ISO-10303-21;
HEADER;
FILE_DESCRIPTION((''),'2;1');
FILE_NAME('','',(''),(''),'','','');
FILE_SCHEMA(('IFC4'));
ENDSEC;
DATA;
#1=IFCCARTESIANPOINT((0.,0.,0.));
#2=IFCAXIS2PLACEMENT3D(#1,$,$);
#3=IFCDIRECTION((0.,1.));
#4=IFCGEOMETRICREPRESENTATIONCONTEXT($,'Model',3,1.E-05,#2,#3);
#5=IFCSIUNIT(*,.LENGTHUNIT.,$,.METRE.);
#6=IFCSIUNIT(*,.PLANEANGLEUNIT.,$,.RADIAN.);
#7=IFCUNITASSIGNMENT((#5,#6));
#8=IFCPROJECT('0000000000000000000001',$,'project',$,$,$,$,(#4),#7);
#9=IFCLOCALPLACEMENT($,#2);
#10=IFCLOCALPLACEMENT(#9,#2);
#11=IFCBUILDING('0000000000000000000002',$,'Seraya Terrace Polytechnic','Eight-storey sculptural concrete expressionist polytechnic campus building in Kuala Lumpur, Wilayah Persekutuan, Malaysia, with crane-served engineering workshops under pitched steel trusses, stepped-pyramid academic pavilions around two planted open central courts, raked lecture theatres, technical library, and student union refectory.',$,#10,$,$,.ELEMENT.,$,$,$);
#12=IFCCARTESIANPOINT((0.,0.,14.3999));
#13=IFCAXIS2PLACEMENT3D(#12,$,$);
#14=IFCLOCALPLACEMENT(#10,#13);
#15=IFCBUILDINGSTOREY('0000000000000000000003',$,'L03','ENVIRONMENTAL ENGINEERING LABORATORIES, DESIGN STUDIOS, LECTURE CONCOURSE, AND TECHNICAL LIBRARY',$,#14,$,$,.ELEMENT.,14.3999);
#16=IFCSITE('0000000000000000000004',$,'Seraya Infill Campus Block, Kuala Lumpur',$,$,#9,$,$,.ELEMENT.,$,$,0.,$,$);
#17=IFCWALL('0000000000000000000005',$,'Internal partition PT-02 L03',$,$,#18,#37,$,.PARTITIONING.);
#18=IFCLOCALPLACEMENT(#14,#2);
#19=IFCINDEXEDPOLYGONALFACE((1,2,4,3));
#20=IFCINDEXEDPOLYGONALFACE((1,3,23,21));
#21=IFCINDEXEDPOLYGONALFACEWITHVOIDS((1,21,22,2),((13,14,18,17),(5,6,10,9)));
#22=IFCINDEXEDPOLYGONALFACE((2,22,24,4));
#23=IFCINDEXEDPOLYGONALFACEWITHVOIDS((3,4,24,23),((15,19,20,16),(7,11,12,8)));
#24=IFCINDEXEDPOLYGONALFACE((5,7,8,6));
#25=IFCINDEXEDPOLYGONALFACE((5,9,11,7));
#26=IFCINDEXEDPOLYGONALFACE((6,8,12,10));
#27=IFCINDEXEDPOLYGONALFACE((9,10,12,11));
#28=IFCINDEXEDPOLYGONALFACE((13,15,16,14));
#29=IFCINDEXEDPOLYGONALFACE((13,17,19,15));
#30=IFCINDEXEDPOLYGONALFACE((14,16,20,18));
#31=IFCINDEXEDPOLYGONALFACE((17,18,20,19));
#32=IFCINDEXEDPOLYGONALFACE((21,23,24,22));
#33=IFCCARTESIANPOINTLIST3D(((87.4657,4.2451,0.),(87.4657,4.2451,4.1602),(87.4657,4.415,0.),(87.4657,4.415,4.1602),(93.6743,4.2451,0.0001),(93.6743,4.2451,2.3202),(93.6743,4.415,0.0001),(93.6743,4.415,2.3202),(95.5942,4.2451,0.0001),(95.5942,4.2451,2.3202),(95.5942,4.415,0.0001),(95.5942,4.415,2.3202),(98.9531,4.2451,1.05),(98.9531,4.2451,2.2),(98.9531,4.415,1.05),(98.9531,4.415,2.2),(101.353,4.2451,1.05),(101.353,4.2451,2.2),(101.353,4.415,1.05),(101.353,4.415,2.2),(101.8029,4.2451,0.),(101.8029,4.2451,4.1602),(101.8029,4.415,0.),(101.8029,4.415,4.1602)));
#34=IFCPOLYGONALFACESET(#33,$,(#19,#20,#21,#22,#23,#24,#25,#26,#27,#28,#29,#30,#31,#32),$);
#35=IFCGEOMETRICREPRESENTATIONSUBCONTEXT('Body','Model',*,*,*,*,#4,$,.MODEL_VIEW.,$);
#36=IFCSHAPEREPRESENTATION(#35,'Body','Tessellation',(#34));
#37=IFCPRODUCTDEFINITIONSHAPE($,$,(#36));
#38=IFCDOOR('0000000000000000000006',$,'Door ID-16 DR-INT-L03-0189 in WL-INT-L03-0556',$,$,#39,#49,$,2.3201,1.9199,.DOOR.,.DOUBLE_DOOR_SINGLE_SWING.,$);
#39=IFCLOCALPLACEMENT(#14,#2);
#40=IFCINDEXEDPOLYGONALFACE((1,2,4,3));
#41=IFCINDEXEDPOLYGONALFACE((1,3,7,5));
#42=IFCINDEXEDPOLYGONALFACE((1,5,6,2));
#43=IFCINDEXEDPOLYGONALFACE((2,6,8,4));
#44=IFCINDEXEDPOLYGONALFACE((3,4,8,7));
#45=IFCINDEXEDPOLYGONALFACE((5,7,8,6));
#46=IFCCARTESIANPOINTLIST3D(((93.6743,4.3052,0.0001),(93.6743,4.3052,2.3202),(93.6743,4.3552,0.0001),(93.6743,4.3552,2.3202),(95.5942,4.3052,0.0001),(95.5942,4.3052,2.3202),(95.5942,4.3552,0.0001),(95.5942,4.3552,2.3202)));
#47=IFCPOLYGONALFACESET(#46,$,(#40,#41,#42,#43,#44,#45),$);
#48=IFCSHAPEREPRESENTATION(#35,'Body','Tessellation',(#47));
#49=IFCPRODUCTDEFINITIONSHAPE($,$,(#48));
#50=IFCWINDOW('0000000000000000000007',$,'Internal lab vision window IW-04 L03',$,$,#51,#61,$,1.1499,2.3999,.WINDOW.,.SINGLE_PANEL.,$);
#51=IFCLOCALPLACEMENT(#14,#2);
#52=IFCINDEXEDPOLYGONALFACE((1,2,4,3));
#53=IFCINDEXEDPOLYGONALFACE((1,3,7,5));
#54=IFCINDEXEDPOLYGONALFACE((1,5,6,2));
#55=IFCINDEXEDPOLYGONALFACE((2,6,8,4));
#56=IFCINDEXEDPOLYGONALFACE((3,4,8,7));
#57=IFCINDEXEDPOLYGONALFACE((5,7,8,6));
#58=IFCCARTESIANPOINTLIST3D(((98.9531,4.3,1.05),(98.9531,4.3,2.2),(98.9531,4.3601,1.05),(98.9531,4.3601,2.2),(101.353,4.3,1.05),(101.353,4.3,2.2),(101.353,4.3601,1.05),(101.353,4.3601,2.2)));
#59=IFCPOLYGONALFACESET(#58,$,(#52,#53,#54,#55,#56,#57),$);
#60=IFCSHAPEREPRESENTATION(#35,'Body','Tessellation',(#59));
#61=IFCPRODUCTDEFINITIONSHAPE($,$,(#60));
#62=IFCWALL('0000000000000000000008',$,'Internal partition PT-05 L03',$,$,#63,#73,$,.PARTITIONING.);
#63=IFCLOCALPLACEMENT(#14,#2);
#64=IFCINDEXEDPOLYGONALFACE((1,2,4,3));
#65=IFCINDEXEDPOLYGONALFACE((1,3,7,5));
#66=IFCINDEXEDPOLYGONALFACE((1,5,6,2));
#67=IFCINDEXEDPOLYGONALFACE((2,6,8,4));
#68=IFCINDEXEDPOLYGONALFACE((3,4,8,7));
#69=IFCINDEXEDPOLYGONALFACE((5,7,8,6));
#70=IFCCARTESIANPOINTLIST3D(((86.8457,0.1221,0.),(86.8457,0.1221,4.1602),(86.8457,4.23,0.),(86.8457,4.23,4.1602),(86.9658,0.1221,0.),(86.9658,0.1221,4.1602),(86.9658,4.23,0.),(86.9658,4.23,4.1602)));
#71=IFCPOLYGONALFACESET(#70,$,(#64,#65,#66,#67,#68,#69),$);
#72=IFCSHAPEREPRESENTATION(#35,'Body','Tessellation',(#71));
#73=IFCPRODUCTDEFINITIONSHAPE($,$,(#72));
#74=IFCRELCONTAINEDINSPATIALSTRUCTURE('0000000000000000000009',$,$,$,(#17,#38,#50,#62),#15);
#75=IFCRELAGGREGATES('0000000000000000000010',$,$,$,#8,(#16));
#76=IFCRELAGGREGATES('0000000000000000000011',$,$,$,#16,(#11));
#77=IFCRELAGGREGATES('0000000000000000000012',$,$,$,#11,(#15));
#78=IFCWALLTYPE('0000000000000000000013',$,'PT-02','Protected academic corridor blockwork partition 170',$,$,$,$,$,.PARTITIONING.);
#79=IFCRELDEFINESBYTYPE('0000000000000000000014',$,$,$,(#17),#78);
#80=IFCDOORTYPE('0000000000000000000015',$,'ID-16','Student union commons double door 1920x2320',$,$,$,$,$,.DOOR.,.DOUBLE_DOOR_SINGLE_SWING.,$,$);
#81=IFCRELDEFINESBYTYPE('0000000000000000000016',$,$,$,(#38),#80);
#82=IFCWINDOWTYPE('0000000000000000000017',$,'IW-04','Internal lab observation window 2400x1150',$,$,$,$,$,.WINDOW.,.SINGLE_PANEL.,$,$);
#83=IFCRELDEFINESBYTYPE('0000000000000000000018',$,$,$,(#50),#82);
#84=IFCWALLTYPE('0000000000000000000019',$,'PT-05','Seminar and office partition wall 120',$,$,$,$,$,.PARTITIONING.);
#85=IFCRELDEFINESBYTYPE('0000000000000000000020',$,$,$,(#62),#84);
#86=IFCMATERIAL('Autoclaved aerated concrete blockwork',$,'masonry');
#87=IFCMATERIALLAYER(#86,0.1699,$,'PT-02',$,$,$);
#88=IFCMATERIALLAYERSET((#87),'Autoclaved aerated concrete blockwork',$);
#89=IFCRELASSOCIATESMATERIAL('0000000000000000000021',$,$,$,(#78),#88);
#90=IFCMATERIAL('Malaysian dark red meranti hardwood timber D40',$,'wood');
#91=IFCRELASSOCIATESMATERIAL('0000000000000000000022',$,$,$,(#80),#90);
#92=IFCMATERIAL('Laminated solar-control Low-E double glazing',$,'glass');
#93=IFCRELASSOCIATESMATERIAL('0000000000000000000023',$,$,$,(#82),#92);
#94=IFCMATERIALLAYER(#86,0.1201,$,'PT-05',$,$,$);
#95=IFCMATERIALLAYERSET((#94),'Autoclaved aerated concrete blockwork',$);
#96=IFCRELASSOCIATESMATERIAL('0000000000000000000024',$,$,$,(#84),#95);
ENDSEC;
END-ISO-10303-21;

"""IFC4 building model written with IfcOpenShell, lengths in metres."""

from ifc_helpers import new_model, si_unit, direction, frame, frame_2d, origin, place, context, subcontext, project, spatial, rectangle, extrude, material, layer, layer_set, type_object, element, fill, save


model = new_model("IFC4")

# Units and contexts
model_context = context("Model", 3, precision=1e-05, world=origin(), true_north=direction((0.0, 1.0)))
body_context = subcontext(model_context, "Body", "Model", "MODEL_VIEW")
ifc_project = project(units=[si_unit("LENGTHUNIT", "METRE"), si_unit("PLANEANGLEUNIT", "RADIAN")], contexts=[model_context])

# Site, building, storey
site_placement = place(None, origin())
site = spatial("IfcSite", under=ifc_project, at=site_placement, Name="Seraya Infill Campus Block, Kuala Lumpur", CompositionType="ELEMENT", RefElevation=0.0)
building_placement = place(site_placement, origin())
building = spatial("IfcBuilding", under=site, at=building_placement, Name="Seraya Terrace Polytechnic", Description="Eight-storey sculptural concrete expressionist polytechnic campus building in Kuala Lumpur, Wilayah Persekutuan, Malaysia, with crane-served engineering workshops under pitched steel trusses, stepped-pyramid academic pavilions around two planted open central courts, raked lecture theatres, technical library, and student union refectory.", CompositionType="ELEMENT")
storey_placement = place(building_placement, frame((0.0, 0.0, 14.3999)))
storey = spatial("IfcBuildingStorey", under=building, at=storey_placement, Name="L03", Description="ENVIRONMENTAL ENGINEERING LABORATORIES, DESIGN STUDIOS, LECTURE CONCOURSE, AND TECHNICAL LIBRARY", CompositionType="ELEMENT", Elevation=14.3999)

# Shared definitions
ifc_material_1 = material(Name="Laminated solar-control Low-E double glazing", Category="glass")

# Wall, openings, door, window
ifc_material_2 = material(Name="Autoclaved aerated concrete blockwork", Category="masonry")
ifc_layer_1 = layer(ifc_material_2, 0.1699, Name="PT-02")
ifc_layer_set_1 = layer_set([ifc_layer_1], Name="Autoclaved aerated concrete blockwork")
wall_type_1 = type_object("IfcWallType", Name="PT-02", Description="Protected academic corridor blockwork partition 170", PredefinedType="PARTITIONING", material=ifc_layer_set_1)
wall_1_placement = place(storey_placement, frame((87.4658, 4.3301, 0.0), z_axis=(0.0, 0.0, 1.0), x_axis=(1.0, 0.0, 0.0)))
wall_1 = element("IfcWall", 1, at=wall_1_placement, inside=storey, type_object=wall_type_1, Name="Internal partition PT-02 L03", PredefinedType="PARTITIONING", context=body_context, shape_type="SweptSolid", body=[
    extrude(rectangle(XDim=14.3372, YDim=0.1699, at=frame_2d((7.1685, 0.0))), origin(), (0.0, 0.0, 1.0), 4.1602),
])
opening_1_placement = place(wall_1_placement, frame((6.2085, 0.0, 0.0)))
opening_1 = element("IfcOpeningElement", 2, at=opening_1_placement, cuts=wall_1, PredefinedType="OPENING", context=body_context, shape_type="SweptSolid", body=[
    extrude(rectangle(XDim=1.9199, YDim=2.3201, at=frame_2d((0.96, 1.1602))), frame((0.0, 0.0969, 0.0), z_axis=(0.0, -1.0, 0.0), x_axis=(1.0, 0.0, 0.0)), (0.0, 0.0, 1.0), 0.1938),
])
opening_2_placement = place(wall_1_placement, frame((11.4873, 0.0, 1.05)))
opening_2 = element("IfcOpeningElement", 3, at=opening_2_placement, cuts=wall_1, PredefinedType="OPENING", context=body_context, shape_type="SweptSolid", body=[
    extrude(rectangle(XDim=2.3999, YDim=1.1499, at=frame_2d((1.2, 0.575))), frame((0.0, 0.0969, 0.0), z_axis=(0.0, -1.0, 0.0), x_axis=(1.0, 0.0, 0.0)), (0.0, 0.0, 1.0), 0.1938),
])
ifc_material_3 = material(Name="Malaysian dark red meranti hardwood timber D40", Category="wood")
door_type = type_object("IfcDoorType", Name="ID-16", Description="Student union commons double door 1920x2320", OperationType="DOUBLE_DOOR_SINGLE_SWING", PredefinedType="DOOR", material=ifc_material_3)
door_placement = place(opening_1_placement, frame((1.9199, 0.0, 0.0), z_axis=(0.0, 0.0, 1.0), x_axis=(-1.0, 0.0, 0.0)))
door = element("IfcDoor", 4, at=door_placement, inside=storey, type_object=door_type, Name="Door ID-16 DR-INT-L03-0189 in WL-INT-L03-0556", OperationType="DOUBLE_DOOR_SINGLE_SWING", OverallHeight=2.3201, OverallWidth=1.9199, PredefinedType="DOOR", context=body_context, shape_type="SweptSolid", body=[
    extrude(rectangle(XDim=1.9199, YDim=2.3201, at=frame_2d((0.96, 1.1602))), frame((0.0, 0.0249, 0.0), z_axis=(0.0, -1.0, 0.0), x_axis=(1.0, 0.0, 0.0)), (0.0, 0.0, 1.0), 0.05),
])
fill(opening_1, door)
window_type = type_object("IfcWindowType", Name="IW-04", Description="Internal lab observation window 2400x1150", PartitioningType="SINGLE_PANEL", PredefinedType="WINDOW", material=ifc_material_1)
window_placement = place(opening_2_placement, origin())
window = element("IfcWindow", 5, at=window_placement, inside=storey, type_object=window_type, Name="Internal lab vision window IW-04 L03", OverallHeight=1.1499, OverallWidth=2.3999, PartitioningType="SINGLE_PANEL", PredefinedType="WINDOW", context=body_context, shape_type="SweptSolid", body=[
    extrude(rectangle(XDim=2.3999, YDim=1.1499, at=frame_2d((1.2, 0.575))), frame((0.0, 0.03, 0.0), z_axis=(0.0, -1.0, 0.0), x_axis=(1.0, 0.0, 0.0)), (0.0, 0.0, 1.0), 0.0601),
])
fill(opening_2, window)

# Wall
ifc_layer_2 = layer(ifc_material_2, 0.1201, Name="PT-05")
ifc_layer_set_2 = layer_set([ifc_layer_2], Name="Autoclaved aerated concrete blockwork")
wall_type_2 = type_object("IfcWallType", Name="PT-05", Description="Seminar and office partition wall 120", PredefinedType="PARTITIONING", material=ifc_layer_set_2)
wall_2_placement = place(storey_placement, frame((86.9058, 0.1221, 0.0), z_axis=(0.0, 0.0, 1.0), x_axis=(0.0, 1.0, 0.0)))
element("IfcWall", 6, at=wall_2_placement, inside=storey, type_object=wall_type_2, Name="Internal partition PT-05 L03", PredefinedType="PARTITIONING", context=body_context, shape_type="SweptSolid", body=[
    extrude(rectangle(XDim=4.1079, YDim=0.1201, at=frame_2d((2.054, 0.0))), origin(), (0.0, 0.0, 1.0), 4.1602),
])

save(model, "model.ifc")
